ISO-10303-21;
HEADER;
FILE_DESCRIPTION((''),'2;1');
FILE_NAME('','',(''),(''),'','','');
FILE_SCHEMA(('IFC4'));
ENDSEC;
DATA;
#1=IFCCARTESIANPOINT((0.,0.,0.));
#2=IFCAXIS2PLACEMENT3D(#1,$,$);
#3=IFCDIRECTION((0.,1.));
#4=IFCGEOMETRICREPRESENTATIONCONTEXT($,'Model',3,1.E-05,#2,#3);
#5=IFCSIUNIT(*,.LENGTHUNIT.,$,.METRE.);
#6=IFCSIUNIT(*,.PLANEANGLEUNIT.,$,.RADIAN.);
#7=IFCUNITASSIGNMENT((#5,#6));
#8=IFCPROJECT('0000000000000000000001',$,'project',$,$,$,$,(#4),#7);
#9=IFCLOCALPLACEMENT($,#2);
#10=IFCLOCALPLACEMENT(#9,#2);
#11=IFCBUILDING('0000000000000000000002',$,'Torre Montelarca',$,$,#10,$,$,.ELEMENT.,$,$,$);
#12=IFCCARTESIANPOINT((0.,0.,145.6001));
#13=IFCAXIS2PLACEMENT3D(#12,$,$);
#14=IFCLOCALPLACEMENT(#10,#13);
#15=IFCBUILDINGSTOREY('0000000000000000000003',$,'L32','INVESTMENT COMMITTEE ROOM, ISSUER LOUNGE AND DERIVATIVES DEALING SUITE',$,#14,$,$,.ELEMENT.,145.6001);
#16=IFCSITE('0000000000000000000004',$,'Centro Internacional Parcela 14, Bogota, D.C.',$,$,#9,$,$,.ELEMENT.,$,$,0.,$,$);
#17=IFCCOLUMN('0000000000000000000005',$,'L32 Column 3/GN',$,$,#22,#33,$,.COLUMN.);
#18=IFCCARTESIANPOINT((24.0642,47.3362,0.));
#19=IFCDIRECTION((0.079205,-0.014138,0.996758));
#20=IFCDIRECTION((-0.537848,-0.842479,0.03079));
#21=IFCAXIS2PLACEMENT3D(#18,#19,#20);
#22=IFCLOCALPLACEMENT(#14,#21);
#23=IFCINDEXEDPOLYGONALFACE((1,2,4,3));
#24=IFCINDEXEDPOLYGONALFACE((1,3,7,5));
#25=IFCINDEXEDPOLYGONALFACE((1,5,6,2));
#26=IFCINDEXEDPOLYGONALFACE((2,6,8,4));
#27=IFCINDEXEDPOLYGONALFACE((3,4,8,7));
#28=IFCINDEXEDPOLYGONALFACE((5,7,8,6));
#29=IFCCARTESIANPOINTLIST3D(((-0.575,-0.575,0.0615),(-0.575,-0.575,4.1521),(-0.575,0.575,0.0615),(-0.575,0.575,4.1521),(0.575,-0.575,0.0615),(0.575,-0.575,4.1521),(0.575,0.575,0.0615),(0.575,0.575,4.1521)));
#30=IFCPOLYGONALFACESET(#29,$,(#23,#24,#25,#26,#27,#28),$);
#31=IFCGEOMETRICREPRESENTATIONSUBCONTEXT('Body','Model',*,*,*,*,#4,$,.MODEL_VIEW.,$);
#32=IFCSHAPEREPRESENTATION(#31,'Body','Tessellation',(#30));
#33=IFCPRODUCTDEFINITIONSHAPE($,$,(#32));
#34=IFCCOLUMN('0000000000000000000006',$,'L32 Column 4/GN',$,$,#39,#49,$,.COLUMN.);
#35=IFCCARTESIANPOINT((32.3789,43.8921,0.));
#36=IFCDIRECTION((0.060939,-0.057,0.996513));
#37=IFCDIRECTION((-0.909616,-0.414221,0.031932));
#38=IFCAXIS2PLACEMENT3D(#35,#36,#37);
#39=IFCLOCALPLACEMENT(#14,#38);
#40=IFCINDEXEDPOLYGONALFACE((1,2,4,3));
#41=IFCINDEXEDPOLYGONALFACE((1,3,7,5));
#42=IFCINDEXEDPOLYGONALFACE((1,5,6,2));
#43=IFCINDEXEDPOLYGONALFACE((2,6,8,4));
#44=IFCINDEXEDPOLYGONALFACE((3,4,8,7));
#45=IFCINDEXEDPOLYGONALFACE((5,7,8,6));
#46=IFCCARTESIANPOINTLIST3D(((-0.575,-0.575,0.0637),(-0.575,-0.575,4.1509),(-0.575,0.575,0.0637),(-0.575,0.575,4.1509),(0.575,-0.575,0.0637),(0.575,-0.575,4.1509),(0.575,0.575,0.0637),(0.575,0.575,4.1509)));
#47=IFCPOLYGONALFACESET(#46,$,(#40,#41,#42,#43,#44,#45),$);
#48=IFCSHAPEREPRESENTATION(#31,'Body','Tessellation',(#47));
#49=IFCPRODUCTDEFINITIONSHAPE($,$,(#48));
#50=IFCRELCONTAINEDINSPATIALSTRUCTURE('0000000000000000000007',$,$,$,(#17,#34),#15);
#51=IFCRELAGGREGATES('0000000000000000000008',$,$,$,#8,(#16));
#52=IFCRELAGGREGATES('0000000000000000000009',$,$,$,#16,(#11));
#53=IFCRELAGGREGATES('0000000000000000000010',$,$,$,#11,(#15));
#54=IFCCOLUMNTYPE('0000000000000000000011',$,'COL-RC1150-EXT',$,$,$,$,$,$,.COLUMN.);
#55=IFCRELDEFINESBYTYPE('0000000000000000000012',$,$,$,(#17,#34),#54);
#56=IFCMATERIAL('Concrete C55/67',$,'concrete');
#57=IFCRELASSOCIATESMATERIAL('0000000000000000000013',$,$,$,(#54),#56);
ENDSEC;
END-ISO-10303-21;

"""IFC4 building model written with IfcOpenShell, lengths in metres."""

from ifc_helpers import new_model, si_unit, direction, frame, origin, origin_2d, place, context, subcontext, project, spatial, rectangle, extrude, clip, halfspace, material, material_profile, profile_set, type_object, element, save


model = new_model("IFC4")

# Units and contexts
model_context = context("Model", 3, precision=1e-05, world=origin(), true_north=direction((0.0, 1.0)))
body_context = subcontext(model_context, "Body", "Model", "MODEL_VIEW")
ifc_project = project(units=[si_unit("LENGTHUNIT", "METRE"), si_unit("PLANEANGLEUNIT", "RADIAN")], contexts=[model_context])

# Site, building, storey
site_placement = place(None, origin())
site = spatial("IfcSite", under=ifc_project, at=site_placement, Name="Centro Internacional Parcela 14, Bogota, D.C.", CompositionType="ELEMENT", RefElevation=0.0)
building_placement = place(site_placement, origin())
building = spatial("IfcBuilding", under=site, at=building_placement, Name="Torre Montelarca", CompositionType="ELEMENT")
storey_placement = place(building_placement, frame((0.0, 0.0, 145.6001)))
storey = spatial("IfcBuildingStorey", under=building, at=storey_placement, Name="L32", Description="INVESTMENT COMMITTEE ROOM, ISSUER LOUNGE AND DERIVATIVES DEALING SUITE", CompositionType="ELEMENT", Elevation=145.6001)

# Columns
ifc_material_1 = material(Name="Concrete C55/67", Category="concrete")
ifc_material_profile_1 = material_profile(ifc_material_1, rectangle(XDim=1.1499, YDim=1.1499, at=origin_2d()), Name="RC1150X1150", Category="concrete")
ifc_profile_set_1 = profile_set([ifc_material_profile_1], Name="Concrete C55/67")
column_type_1 = type_object("IfcColumnType", Name="COL-RC1150-EXT", PredefinedType="COLUMN", material=ifc_profile_set_1)
column_1_placement = place(storey_placement, frame((24.0642, 47.3362, 0.0), z_axis=(0.079205, -0.014138, 0.996758), x_axis=(-0.537848, -0.842479, 0.03079)))
element("IfcColumn", 1, at=column_1_placement, inside=storey, type_object=column_type_1, Name="L32 Column 3/GN", PredefinedType="COLUMN", context=body_context, shape_type="Clipping", body=[
    clip(clip(extrude(rectangle(XDim=1.1499, YDim=1.1499, at=origin_2d()), origin(), (0.0, 0.0, 1.0), 4.2136), halfspace(frame((0.0, 0.0, 0.0615), z_axis=(0.0, 0.0, -1.0), x_axis=(1.0, 0.0, 0.0)), False)), halfspace(frame((0.0, 0.0, 4.1521), z_axis=(0.0, 0.0, 1.0), x_axis=(1.0, 0.0, 0.0)), False)),
])
column_2_placement = place(storey_placement, frame((32.3789, 43.8921, 0.0), z_axis=(0.060939, -0.057, 0.996513), x_axis=(-0.909616, -0.414221, 0.031932)))
element("IfcColumn", 2, at=column_2_placement, inside=storey, type_object=column_type_1, Name="L32 Column 4/GN", PredefinedType="COLUMN", context=body_context, shape_type="Clipping", body=[
    clip(clip(extrude(rectangle(XDim=1.1499, YDim=1.1499, at=origin_2d()), origin(), (0.0, 0.0, 1.0), 4.2146), halfspace(frame((0.0, 0.0, 0.0637), z_axis=(0.0, 0.0, -1.0), x_axis=(1.0, 0.0, 0.0)), False)), halfspace(frame((0.0, 0.0, 4.1509), z_axis=(0.0, 0.0, 1.0), x_axis=(1.0, 0.0, 0.0)), False)),
])

save(model, "model.ifc")
